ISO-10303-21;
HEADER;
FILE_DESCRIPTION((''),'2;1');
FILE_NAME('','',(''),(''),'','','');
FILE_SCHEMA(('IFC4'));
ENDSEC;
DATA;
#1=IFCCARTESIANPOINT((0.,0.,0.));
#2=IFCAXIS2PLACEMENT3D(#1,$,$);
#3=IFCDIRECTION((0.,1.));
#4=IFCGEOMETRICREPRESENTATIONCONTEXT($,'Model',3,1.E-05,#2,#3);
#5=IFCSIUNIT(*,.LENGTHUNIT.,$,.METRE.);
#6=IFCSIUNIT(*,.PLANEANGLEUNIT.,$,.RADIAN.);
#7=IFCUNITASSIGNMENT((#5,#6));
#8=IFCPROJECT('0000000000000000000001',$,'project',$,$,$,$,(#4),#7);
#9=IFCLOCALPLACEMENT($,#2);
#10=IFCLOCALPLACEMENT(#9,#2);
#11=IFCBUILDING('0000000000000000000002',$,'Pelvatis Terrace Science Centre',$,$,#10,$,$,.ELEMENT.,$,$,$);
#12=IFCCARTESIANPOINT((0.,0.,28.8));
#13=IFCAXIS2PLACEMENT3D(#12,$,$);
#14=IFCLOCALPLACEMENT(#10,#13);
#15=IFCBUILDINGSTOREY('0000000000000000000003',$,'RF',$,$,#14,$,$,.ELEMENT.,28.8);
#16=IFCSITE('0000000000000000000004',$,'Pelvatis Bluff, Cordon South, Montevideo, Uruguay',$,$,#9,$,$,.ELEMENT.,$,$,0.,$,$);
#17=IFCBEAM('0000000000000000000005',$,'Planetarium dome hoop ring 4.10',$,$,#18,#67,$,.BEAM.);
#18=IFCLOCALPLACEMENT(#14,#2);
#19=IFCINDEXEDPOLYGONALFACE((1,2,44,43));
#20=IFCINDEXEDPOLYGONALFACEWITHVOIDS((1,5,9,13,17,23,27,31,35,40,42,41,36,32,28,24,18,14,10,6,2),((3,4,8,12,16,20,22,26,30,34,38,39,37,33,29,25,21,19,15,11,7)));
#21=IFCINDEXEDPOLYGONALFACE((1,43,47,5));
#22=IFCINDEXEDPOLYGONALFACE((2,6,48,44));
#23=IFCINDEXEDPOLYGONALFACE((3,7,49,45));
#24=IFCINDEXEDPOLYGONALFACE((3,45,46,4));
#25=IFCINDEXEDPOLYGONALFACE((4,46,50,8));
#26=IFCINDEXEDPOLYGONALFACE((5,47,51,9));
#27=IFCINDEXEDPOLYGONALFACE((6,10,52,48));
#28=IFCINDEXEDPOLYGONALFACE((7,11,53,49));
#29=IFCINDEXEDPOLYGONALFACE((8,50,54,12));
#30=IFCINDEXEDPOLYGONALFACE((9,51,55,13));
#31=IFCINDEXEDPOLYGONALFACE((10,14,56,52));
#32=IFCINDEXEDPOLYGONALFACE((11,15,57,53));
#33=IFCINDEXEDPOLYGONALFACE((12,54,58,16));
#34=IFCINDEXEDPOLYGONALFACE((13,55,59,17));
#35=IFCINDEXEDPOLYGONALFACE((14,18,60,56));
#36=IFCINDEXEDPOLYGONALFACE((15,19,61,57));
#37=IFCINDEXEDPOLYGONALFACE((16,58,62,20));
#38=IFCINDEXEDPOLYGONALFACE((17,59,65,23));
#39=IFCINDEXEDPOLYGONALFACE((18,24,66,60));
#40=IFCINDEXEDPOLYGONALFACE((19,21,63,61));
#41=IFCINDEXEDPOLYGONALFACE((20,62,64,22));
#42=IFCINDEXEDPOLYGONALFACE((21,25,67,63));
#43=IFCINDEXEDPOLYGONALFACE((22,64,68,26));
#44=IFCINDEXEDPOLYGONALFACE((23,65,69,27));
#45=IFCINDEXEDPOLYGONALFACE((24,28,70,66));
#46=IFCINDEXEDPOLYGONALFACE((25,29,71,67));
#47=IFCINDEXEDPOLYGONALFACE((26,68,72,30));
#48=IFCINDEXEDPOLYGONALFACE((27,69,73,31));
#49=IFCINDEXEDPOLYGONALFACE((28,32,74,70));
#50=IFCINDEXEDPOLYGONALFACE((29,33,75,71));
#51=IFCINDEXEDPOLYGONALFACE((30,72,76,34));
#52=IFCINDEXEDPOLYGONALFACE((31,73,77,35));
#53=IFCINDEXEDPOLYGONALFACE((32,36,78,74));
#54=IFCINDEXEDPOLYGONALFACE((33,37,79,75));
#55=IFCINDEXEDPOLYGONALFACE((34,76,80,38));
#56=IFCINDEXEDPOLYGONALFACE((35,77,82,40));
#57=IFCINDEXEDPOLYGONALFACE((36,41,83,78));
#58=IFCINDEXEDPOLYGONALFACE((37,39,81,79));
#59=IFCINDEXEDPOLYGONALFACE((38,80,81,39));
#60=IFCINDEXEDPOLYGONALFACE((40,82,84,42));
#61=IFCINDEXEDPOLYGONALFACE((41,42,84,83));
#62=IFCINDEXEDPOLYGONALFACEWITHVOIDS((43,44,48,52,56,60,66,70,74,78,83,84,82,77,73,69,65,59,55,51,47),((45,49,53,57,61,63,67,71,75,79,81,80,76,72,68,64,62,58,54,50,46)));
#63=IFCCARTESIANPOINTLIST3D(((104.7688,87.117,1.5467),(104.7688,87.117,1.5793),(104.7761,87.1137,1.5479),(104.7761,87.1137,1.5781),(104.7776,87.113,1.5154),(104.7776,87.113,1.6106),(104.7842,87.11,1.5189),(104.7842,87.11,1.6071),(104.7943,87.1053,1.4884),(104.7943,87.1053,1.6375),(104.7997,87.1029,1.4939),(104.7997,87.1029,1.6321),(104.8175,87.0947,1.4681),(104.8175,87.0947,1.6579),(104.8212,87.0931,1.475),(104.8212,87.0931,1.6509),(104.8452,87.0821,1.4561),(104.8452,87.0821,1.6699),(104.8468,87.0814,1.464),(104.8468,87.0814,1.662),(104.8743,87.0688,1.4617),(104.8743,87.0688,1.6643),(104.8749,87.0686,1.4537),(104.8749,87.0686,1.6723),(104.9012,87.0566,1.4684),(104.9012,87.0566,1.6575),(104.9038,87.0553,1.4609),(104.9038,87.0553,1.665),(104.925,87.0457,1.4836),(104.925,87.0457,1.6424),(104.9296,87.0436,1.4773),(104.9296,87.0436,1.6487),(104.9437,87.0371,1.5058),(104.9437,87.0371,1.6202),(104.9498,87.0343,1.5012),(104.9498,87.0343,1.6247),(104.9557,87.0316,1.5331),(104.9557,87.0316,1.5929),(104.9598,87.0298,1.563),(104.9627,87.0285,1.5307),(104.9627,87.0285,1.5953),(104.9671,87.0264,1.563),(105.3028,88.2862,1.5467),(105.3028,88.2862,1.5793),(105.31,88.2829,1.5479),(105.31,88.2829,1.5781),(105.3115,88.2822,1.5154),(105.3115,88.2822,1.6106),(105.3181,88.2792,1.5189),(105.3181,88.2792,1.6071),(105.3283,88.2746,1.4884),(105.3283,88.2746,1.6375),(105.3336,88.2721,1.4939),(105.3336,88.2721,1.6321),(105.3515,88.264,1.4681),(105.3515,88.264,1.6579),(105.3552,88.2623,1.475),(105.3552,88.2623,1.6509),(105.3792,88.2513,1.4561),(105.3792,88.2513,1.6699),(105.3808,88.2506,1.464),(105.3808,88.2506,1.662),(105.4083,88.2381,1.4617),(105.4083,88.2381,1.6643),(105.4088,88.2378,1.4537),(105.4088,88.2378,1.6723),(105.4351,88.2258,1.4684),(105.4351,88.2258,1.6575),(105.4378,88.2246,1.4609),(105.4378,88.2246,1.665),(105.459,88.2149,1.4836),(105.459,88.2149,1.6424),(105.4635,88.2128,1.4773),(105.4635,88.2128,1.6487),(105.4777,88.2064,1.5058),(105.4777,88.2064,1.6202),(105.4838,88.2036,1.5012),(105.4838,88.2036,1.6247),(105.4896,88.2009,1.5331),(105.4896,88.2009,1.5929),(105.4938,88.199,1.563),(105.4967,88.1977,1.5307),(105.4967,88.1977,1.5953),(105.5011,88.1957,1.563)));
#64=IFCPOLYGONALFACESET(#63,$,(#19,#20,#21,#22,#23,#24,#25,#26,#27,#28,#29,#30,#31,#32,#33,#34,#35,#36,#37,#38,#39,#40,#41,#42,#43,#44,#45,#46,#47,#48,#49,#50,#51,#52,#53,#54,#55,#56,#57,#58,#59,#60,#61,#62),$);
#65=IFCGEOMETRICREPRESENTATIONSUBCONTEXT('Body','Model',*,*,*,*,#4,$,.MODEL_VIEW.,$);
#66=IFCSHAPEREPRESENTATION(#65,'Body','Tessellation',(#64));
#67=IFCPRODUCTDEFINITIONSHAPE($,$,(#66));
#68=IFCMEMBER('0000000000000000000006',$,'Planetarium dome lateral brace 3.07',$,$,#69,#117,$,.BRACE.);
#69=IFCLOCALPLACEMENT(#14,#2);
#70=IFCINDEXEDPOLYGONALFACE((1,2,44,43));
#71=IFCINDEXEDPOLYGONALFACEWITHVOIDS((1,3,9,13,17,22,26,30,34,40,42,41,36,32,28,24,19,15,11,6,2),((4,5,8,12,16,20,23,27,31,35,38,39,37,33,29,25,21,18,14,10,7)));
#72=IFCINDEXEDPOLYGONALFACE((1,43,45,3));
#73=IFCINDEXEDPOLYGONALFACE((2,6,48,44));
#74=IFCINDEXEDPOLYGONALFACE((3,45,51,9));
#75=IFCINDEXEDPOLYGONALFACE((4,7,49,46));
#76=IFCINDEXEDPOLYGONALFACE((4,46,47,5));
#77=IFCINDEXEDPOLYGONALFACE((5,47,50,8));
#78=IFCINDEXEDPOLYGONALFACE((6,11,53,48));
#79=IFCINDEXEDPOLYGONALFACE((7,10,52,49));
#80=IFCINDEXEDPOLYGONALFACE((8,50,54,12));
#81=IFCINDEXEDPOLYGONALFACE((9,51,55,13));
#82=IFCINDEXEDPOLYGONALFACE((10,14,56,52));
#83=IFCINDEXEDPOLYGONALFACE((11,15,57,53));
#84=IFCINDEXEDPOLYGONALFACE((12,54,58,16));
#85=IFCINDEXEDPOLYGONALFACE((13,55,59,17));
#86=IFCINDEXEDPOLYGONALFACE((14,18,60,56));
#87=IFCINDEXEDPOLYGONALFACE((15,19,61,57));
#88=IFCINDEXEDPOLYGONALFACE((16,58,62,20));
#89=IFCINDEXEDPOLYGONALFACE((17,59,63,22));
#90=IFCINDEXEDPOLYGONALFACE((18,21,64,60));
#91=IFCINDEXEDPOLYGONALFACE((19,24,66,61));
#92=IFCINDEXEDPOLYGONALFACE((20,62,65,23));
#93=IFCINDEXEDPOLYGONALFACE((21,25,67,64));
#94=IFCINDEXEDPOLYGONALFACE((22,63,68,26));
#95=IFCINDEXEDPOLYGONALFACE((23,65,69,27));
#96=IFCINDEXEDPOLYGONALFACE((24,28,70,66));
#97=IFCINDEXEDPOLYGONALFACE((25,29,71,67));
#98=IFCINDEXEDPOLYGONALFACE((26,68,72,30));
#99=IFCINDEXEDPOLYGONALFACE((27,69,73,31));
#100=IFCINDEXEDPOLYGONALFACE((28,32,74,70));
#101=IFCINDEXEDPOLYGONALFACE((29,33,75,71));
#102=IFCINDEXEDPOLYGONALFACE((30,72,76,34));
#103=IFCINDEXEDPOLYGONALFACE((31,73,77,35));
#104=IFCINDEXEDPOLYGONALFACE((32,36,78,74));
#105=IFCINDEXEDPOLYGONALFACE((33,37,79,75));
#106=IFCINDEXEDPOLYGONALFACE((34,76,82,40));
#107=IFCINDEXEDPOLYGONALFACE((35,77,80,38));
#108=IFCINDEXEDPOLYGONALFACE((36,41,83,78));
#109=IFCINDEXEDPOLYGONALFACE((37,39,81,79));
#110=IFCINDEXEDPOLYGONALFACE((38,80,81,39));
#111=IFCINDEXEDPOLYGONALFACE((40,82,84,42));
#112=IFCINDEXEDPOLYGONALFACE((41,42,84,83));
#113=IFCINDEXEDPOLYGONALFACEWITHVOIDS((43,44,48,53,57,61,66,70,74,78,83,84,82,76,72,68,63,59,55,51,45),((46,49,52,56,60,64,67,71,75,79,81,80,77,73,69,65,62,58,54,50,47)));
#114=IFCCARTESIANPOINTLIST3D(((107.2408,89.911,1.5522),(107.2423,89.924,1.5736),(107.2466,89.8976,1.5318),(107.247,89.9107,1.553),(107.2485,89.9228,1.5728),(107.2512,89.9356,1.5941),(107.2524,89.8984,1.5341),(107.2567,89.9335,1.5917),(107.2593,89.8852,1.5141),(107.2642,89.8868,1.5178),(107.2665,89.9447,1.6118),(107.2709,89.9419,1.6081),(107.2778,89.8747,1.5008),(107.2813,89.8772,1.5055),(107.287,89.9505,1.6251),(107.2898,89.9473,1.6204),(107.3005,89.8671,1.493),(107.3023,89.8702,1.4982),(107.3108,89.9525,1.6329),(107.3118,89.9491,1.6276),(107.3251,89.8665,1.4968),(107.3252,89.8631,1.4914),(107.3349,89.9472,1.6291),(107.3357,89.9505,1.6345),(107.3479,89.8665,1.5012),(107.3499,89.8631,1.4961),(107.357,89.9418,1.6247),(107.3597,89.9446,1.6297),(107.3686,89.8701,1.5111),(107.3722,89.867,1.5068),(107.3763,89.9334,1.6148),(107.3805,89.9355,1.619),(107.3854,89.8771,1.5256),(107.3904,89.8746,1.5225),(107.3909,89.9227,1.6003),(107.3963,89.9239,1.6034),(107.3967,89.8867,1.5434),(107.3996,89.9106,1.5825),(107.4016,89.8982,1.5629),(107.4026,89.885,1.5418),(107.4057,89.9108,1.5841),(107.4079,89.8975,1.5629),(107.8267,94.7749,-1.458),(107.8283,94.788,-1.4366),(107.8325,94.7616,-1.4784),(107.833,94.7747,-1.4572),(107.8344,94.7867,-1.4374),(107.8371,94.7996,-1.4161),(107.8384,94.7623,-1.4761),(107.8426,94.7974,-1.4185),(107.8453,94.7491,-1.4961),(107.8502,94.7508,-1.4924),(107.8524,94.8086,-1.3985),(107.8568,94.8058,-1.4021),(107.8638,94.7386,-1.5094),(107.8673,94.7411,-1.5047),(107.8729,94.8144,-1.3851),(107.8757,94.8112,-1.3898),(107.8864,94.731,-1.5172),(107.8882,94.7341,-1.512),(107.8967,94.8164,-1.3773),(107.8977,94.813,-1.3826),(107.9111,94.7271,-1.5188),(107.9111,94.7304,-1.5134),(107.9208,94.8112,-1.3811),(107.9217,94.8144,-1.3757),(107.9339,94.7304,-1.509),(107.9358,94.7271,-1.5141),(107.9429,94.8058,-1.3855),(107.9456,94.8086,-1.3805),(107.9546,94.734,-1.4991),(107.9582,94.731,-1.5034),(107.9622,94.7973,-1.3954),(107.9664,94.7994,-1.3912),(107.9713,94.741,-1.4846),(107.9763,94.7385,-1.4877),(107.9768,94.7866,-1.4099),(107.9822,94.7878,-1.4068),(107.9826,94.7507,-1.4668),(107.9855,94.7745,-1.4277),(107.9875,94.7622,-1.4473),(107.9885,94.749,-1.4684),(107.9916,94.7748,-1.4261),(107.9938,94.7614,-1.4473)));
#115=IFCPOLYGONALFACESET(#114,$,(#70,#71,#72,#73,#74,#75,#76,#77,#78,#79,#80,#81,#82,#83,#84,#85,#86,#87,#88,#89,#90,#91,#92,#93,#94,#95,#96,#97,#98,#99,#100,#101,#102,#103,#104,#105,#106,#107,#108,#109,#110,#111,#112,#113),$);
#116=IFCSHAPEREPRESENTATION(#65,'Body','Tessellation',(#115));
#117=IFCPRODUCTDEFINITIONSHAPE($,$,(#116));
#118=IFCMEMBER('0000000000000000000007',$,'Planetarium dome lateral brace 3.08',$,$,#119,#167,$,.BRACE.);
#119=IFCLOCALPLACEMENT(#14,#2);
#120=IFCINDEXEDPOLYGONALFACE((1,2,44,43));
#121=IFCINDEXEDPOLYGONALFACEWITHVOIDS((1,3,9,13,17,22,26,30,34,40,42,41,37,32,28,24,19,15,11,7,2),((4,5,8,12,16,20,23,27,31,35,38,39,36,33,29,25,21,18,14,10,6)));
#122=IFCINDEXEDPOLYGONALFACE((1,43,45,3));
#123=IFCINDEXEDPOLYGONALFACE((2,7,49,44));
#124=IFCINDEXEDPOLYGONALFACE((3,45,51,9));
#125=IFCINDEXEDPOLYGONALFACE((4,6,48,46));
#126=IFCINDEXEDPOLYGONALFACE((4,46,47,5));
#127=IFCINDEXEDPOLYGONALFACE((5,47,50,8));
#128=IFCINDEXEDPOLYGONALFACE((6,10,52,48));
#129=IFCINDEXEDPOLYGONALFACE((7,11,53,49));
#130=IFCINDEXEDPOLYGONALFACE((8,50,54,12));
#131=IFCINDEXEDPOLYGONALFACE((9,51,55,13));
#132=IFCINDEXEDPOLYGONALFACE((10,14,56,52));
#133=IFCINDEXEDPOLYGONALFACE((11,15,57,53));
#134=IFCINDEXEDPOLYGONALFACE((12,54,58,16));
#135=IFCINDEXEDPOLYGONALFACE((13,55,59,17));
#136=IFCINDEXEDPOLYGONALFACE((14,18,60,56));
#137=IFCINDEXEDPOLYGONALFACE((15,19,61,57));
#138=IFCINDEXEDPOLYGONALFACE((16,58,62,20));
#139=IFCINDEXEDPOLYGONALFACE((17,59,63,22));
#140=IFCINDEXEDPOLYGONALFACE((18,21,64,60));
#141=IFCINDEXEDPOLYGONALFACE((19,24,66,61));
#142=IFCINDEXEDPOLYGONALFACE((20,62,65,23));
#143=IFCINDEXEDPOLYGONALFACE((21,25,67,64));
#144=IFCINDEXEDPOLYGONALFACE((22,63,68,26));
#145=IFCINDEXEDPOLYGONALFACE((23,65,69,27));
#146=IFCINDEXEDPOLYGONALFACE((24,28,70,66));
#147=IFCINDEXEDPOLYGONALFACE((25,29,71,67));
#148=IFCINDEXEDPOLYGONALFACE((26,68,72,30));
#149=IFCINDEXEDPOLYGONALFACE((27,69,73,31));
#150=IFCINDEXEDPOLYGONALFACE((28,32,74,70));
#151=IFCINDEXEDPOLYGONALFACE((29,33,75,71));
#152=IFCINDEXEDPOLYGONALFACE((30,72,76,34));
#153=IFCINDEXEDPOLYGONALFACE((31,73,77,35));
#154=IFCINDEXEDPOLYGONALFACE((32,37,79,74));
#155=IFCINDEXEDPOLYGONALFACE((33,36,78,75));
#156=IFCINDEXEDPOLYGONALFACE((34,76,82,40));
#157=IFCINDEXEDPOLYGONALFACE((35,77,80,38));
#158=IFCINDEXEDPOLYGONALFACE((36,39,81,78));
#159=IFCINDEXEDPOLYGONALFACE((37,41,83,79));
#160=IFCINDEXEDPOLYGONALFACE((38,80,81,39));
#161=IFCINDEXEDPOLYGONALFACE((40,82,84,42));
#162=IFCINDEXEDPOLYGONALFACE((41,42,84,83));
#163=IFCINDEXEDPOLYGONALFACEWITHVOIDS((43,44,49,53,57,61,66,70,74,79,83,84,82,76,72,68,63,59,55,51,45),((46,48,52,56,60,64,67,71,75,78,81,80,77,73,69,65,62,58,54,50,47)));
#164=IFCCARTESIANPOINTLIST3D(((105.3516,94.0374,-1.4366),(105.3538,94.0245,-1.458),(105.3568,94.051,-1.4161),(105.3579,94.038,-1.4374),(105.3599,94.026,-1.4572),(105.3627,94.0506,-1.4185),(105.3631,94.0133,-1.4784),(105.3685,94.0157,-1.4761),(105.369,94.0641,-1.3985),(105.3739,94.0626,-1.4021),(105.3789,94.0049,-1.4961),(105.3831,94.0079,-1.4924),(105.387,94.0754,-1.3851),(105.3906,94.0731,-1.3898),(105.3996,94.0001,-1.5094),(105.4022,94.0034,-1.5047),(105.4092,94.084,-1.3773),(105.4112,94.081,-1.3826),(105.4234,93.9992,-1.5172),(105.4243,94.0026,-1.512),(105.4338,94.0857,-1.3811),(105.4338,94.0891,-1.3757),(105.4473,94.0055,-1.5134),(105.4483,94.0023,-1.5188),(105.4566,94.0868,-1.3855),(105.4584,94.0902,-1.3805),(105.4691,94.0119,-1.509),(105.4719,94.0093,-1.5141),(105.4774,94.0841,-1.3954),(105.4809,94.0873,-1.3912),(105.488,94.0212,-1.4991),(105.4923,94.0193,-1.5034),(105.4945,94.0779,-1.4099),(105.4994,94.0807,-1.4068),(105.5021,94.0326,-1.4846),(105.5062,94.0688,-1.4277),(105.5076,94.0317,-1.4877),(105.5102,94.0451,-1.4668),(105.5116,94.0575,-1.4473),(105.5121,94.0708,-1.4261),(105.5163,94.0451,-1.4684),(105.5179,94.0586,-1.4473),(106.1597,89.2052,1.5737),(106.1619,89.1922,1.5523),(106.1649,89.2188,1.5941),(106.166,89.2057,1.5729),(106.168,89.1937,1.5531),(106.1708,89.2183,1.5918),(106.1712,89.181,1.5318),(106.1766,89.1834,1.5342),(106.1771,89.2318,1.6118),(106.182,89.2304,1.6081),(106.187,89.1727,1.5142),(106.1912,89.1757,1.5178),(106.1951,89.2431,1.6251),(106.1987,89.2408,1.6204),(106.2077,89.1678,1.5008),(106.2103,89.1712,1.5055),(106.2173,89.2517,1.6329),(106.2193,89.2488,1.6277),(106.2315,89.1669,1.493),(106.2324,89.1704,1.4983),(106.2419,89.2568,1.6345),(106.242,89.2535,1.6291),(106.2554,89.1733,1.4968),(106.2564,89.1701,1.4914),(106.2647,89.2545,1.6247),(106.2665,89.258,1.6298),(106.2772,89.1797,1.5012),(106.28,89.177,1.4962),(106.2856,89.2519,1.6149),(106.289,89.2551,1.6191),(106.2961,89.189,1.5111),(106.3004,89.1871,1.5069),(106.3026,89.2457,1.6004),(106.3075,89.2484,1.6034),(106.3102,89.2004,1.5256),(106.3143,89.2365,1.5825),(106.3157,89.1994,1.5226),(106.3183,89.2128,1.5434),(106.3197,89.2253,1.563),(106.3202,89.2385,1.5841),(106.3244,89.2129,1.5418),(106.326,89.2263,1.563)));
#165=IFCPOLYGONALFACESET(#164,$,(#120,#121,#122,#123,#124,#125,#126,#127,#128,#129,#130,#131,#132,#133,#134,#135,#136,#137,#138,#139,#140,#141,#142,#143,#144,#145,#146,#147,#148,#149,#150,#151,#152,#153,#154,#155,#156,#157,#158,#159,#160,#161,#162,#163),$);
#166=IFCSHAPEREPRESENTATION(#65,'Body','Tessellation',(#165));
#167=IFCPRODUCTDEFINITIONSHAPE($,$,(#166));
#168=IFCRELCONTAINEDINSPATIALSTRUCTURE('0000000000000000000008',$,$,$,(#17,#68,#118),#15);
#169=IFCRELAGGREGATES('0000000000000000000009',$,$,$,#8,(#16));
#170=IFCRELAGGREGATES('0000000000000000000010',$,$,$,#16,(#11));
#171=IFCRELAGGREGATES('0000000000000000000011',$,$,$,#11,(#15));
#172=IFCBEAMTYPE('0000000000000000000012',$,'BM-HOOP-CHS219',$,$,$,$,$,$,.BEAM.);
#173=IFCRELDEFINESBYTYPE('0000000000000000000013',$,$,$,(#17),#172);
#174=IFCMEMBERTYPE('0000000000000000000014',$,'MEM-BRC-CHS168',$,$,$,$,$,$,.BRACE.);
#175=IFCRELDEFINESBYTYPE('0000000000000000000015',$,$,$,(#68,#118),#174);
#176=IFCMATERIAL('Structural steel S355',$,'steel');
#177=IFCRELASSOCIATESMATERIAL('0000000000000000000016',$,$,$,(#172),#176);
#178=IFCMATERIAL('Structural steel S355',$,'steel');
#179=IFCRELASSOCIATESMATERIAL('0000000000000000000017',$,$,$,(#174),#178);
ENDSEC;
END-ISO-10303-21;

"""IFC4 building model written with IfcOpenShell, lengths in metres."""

from ifc_helpers import new_model, si_unit, direction, frame, origin, origin_2d, place, context, subcontext, project, spatial, hollow_circle, extrude, material, material_profile, profile_set, type_object, element, save


model = new_model("IFC4")

# Units and contexts
model_context = context("Model", 3, precision=1e-05, world=origin(), true_north=direction((0.0, 1.0)))
body_context = subcontext(model_context, "Body", "Model", "MODEL_VIEW")
ifc_project = project(units=[si_unit("LENGTHUNIT", "METRE"), si_unit("PLANEANGLEUNIT", "RADIAN")], contexts=[model_context])

# Site, building, storey
site_placement = place(None, origin())
site = spatial("IfcSite", under=ifc_project, at=site_placement, Name="Pelvatis Bluff, Cordon South, Montevideo, Uruguay", CompositionType="ELEMENT", RefElevation=0.0)
building_placement = place(site_placement, origin())
building = spatial("IfcBuilding", under=site, at=building_placement, Name="Pelvatis Terrace Science Centre", CompositionType="ELEMENT")
storey_placement = place(building_placement, frame((0.0, 0.0, 28.8)))
storey = spatial("IfcBuildingStorey", under=building, at=storey_placement, Name="RF", CompositionType="ELEMENT", Elevation=28.8)

# Beam
ifc_material_1 = material(Name="Structural steel S355", Category="steel")
ifc_material_profile_1 = material_profile(ifc_material_1, hollow_circle(Radius=0.1096, WallThickness=0.0081, at=origin_2d()), Name="CHS 219.1x8.0")
ifc_profile_set_1 = profile_set([ifc_material_profile_1], Name="Structural steel S355")
beam_type_1 = type_object("IfcBeamType", Name="BM-HOOP-CHS219", PredefinedType="BEAM", material=ifc_profile_set_1)
beam_1_placement = place(storey_placement, frame((105.4014, 88.2412, 1.563), z_axis=(-0.415405, -0.909637, 0.0), x_axis=(0.909637, -0.415405, 0.0)))
element("IfcBeam", 1, at=beam_1_placement, inside=storey, type_object=beam_type_1, Name="Planetarium dome hoop ring 4.10", PredefinedType="BEAM", context=body_context, shape_type="SweptSolid", body=[
    extrude(hollow_circle(Radius=0.1096, WallThickness=0.0081, at=origin_2d()), origin(), (0.0, 0.0, 1.0), 1.2854),
])

# Members
ifc_material_2 = material(Name="Structural steel S355", Category="steel")
ifc_material_profile_2 = material_profile(ifc_material_2, hollow_circle(Radius=0.0842, WallThickness=0.0063, at=origin_2d()), Name="CHS 168.3x6.3")
ifc_profile_set_2 = profile_set([ifc_material_profile_2], Name="Structural steel S355")
member_type_1 = type_object("IfcMemberType", Name="MEM-BRC-CHS168", PredefinedType="BRACE", material=ifc_profile_set_2)
member_1_placement = place(storey_placement, frame((107.9102, 94.7715, -1.4473), z_axis=(-0.101901, -0.845902, 0.523514), x_axis=(0.992822, -0.119599, 0.0)))
element("IfcMember", 2, at=member_1_placement, inside=storey, type_object=member_type_1, Name="Planetarium dome lateral brace 3.07", PredefinedType="BRACE", context=body_context, shape_type="SweptSolid", body=[
    extrude(hollow_circle(Radius=0.0842, WallThickness=0.0063, at=origin_2d()), origin(), (0.0, 0.0, 1.0), 5.75),
])
member_2_placement = place(storey_placement, frame((105.4348, 94.0447, -1.4473), z_axis=(0.140534, -0.840357, 0.523498), x_axis=(0.986304, 0.16494, 0.0)))
element("IfcMember", 3, at=member_2_placement, inside=storey, type_object=member_type_1, Name="Planetarium dome lateral brace 3.08", PredefinedType="BRACE", context=body_context, shape_type="SweptSolid", body=[
    extrude(hollow_circle(Radius=0.0842, WallThickness=0.0063, at=origin_2d()), origin(), (0.0, 0.0, 1.0), 5.7502),
])

save(model, "model.ifc")
